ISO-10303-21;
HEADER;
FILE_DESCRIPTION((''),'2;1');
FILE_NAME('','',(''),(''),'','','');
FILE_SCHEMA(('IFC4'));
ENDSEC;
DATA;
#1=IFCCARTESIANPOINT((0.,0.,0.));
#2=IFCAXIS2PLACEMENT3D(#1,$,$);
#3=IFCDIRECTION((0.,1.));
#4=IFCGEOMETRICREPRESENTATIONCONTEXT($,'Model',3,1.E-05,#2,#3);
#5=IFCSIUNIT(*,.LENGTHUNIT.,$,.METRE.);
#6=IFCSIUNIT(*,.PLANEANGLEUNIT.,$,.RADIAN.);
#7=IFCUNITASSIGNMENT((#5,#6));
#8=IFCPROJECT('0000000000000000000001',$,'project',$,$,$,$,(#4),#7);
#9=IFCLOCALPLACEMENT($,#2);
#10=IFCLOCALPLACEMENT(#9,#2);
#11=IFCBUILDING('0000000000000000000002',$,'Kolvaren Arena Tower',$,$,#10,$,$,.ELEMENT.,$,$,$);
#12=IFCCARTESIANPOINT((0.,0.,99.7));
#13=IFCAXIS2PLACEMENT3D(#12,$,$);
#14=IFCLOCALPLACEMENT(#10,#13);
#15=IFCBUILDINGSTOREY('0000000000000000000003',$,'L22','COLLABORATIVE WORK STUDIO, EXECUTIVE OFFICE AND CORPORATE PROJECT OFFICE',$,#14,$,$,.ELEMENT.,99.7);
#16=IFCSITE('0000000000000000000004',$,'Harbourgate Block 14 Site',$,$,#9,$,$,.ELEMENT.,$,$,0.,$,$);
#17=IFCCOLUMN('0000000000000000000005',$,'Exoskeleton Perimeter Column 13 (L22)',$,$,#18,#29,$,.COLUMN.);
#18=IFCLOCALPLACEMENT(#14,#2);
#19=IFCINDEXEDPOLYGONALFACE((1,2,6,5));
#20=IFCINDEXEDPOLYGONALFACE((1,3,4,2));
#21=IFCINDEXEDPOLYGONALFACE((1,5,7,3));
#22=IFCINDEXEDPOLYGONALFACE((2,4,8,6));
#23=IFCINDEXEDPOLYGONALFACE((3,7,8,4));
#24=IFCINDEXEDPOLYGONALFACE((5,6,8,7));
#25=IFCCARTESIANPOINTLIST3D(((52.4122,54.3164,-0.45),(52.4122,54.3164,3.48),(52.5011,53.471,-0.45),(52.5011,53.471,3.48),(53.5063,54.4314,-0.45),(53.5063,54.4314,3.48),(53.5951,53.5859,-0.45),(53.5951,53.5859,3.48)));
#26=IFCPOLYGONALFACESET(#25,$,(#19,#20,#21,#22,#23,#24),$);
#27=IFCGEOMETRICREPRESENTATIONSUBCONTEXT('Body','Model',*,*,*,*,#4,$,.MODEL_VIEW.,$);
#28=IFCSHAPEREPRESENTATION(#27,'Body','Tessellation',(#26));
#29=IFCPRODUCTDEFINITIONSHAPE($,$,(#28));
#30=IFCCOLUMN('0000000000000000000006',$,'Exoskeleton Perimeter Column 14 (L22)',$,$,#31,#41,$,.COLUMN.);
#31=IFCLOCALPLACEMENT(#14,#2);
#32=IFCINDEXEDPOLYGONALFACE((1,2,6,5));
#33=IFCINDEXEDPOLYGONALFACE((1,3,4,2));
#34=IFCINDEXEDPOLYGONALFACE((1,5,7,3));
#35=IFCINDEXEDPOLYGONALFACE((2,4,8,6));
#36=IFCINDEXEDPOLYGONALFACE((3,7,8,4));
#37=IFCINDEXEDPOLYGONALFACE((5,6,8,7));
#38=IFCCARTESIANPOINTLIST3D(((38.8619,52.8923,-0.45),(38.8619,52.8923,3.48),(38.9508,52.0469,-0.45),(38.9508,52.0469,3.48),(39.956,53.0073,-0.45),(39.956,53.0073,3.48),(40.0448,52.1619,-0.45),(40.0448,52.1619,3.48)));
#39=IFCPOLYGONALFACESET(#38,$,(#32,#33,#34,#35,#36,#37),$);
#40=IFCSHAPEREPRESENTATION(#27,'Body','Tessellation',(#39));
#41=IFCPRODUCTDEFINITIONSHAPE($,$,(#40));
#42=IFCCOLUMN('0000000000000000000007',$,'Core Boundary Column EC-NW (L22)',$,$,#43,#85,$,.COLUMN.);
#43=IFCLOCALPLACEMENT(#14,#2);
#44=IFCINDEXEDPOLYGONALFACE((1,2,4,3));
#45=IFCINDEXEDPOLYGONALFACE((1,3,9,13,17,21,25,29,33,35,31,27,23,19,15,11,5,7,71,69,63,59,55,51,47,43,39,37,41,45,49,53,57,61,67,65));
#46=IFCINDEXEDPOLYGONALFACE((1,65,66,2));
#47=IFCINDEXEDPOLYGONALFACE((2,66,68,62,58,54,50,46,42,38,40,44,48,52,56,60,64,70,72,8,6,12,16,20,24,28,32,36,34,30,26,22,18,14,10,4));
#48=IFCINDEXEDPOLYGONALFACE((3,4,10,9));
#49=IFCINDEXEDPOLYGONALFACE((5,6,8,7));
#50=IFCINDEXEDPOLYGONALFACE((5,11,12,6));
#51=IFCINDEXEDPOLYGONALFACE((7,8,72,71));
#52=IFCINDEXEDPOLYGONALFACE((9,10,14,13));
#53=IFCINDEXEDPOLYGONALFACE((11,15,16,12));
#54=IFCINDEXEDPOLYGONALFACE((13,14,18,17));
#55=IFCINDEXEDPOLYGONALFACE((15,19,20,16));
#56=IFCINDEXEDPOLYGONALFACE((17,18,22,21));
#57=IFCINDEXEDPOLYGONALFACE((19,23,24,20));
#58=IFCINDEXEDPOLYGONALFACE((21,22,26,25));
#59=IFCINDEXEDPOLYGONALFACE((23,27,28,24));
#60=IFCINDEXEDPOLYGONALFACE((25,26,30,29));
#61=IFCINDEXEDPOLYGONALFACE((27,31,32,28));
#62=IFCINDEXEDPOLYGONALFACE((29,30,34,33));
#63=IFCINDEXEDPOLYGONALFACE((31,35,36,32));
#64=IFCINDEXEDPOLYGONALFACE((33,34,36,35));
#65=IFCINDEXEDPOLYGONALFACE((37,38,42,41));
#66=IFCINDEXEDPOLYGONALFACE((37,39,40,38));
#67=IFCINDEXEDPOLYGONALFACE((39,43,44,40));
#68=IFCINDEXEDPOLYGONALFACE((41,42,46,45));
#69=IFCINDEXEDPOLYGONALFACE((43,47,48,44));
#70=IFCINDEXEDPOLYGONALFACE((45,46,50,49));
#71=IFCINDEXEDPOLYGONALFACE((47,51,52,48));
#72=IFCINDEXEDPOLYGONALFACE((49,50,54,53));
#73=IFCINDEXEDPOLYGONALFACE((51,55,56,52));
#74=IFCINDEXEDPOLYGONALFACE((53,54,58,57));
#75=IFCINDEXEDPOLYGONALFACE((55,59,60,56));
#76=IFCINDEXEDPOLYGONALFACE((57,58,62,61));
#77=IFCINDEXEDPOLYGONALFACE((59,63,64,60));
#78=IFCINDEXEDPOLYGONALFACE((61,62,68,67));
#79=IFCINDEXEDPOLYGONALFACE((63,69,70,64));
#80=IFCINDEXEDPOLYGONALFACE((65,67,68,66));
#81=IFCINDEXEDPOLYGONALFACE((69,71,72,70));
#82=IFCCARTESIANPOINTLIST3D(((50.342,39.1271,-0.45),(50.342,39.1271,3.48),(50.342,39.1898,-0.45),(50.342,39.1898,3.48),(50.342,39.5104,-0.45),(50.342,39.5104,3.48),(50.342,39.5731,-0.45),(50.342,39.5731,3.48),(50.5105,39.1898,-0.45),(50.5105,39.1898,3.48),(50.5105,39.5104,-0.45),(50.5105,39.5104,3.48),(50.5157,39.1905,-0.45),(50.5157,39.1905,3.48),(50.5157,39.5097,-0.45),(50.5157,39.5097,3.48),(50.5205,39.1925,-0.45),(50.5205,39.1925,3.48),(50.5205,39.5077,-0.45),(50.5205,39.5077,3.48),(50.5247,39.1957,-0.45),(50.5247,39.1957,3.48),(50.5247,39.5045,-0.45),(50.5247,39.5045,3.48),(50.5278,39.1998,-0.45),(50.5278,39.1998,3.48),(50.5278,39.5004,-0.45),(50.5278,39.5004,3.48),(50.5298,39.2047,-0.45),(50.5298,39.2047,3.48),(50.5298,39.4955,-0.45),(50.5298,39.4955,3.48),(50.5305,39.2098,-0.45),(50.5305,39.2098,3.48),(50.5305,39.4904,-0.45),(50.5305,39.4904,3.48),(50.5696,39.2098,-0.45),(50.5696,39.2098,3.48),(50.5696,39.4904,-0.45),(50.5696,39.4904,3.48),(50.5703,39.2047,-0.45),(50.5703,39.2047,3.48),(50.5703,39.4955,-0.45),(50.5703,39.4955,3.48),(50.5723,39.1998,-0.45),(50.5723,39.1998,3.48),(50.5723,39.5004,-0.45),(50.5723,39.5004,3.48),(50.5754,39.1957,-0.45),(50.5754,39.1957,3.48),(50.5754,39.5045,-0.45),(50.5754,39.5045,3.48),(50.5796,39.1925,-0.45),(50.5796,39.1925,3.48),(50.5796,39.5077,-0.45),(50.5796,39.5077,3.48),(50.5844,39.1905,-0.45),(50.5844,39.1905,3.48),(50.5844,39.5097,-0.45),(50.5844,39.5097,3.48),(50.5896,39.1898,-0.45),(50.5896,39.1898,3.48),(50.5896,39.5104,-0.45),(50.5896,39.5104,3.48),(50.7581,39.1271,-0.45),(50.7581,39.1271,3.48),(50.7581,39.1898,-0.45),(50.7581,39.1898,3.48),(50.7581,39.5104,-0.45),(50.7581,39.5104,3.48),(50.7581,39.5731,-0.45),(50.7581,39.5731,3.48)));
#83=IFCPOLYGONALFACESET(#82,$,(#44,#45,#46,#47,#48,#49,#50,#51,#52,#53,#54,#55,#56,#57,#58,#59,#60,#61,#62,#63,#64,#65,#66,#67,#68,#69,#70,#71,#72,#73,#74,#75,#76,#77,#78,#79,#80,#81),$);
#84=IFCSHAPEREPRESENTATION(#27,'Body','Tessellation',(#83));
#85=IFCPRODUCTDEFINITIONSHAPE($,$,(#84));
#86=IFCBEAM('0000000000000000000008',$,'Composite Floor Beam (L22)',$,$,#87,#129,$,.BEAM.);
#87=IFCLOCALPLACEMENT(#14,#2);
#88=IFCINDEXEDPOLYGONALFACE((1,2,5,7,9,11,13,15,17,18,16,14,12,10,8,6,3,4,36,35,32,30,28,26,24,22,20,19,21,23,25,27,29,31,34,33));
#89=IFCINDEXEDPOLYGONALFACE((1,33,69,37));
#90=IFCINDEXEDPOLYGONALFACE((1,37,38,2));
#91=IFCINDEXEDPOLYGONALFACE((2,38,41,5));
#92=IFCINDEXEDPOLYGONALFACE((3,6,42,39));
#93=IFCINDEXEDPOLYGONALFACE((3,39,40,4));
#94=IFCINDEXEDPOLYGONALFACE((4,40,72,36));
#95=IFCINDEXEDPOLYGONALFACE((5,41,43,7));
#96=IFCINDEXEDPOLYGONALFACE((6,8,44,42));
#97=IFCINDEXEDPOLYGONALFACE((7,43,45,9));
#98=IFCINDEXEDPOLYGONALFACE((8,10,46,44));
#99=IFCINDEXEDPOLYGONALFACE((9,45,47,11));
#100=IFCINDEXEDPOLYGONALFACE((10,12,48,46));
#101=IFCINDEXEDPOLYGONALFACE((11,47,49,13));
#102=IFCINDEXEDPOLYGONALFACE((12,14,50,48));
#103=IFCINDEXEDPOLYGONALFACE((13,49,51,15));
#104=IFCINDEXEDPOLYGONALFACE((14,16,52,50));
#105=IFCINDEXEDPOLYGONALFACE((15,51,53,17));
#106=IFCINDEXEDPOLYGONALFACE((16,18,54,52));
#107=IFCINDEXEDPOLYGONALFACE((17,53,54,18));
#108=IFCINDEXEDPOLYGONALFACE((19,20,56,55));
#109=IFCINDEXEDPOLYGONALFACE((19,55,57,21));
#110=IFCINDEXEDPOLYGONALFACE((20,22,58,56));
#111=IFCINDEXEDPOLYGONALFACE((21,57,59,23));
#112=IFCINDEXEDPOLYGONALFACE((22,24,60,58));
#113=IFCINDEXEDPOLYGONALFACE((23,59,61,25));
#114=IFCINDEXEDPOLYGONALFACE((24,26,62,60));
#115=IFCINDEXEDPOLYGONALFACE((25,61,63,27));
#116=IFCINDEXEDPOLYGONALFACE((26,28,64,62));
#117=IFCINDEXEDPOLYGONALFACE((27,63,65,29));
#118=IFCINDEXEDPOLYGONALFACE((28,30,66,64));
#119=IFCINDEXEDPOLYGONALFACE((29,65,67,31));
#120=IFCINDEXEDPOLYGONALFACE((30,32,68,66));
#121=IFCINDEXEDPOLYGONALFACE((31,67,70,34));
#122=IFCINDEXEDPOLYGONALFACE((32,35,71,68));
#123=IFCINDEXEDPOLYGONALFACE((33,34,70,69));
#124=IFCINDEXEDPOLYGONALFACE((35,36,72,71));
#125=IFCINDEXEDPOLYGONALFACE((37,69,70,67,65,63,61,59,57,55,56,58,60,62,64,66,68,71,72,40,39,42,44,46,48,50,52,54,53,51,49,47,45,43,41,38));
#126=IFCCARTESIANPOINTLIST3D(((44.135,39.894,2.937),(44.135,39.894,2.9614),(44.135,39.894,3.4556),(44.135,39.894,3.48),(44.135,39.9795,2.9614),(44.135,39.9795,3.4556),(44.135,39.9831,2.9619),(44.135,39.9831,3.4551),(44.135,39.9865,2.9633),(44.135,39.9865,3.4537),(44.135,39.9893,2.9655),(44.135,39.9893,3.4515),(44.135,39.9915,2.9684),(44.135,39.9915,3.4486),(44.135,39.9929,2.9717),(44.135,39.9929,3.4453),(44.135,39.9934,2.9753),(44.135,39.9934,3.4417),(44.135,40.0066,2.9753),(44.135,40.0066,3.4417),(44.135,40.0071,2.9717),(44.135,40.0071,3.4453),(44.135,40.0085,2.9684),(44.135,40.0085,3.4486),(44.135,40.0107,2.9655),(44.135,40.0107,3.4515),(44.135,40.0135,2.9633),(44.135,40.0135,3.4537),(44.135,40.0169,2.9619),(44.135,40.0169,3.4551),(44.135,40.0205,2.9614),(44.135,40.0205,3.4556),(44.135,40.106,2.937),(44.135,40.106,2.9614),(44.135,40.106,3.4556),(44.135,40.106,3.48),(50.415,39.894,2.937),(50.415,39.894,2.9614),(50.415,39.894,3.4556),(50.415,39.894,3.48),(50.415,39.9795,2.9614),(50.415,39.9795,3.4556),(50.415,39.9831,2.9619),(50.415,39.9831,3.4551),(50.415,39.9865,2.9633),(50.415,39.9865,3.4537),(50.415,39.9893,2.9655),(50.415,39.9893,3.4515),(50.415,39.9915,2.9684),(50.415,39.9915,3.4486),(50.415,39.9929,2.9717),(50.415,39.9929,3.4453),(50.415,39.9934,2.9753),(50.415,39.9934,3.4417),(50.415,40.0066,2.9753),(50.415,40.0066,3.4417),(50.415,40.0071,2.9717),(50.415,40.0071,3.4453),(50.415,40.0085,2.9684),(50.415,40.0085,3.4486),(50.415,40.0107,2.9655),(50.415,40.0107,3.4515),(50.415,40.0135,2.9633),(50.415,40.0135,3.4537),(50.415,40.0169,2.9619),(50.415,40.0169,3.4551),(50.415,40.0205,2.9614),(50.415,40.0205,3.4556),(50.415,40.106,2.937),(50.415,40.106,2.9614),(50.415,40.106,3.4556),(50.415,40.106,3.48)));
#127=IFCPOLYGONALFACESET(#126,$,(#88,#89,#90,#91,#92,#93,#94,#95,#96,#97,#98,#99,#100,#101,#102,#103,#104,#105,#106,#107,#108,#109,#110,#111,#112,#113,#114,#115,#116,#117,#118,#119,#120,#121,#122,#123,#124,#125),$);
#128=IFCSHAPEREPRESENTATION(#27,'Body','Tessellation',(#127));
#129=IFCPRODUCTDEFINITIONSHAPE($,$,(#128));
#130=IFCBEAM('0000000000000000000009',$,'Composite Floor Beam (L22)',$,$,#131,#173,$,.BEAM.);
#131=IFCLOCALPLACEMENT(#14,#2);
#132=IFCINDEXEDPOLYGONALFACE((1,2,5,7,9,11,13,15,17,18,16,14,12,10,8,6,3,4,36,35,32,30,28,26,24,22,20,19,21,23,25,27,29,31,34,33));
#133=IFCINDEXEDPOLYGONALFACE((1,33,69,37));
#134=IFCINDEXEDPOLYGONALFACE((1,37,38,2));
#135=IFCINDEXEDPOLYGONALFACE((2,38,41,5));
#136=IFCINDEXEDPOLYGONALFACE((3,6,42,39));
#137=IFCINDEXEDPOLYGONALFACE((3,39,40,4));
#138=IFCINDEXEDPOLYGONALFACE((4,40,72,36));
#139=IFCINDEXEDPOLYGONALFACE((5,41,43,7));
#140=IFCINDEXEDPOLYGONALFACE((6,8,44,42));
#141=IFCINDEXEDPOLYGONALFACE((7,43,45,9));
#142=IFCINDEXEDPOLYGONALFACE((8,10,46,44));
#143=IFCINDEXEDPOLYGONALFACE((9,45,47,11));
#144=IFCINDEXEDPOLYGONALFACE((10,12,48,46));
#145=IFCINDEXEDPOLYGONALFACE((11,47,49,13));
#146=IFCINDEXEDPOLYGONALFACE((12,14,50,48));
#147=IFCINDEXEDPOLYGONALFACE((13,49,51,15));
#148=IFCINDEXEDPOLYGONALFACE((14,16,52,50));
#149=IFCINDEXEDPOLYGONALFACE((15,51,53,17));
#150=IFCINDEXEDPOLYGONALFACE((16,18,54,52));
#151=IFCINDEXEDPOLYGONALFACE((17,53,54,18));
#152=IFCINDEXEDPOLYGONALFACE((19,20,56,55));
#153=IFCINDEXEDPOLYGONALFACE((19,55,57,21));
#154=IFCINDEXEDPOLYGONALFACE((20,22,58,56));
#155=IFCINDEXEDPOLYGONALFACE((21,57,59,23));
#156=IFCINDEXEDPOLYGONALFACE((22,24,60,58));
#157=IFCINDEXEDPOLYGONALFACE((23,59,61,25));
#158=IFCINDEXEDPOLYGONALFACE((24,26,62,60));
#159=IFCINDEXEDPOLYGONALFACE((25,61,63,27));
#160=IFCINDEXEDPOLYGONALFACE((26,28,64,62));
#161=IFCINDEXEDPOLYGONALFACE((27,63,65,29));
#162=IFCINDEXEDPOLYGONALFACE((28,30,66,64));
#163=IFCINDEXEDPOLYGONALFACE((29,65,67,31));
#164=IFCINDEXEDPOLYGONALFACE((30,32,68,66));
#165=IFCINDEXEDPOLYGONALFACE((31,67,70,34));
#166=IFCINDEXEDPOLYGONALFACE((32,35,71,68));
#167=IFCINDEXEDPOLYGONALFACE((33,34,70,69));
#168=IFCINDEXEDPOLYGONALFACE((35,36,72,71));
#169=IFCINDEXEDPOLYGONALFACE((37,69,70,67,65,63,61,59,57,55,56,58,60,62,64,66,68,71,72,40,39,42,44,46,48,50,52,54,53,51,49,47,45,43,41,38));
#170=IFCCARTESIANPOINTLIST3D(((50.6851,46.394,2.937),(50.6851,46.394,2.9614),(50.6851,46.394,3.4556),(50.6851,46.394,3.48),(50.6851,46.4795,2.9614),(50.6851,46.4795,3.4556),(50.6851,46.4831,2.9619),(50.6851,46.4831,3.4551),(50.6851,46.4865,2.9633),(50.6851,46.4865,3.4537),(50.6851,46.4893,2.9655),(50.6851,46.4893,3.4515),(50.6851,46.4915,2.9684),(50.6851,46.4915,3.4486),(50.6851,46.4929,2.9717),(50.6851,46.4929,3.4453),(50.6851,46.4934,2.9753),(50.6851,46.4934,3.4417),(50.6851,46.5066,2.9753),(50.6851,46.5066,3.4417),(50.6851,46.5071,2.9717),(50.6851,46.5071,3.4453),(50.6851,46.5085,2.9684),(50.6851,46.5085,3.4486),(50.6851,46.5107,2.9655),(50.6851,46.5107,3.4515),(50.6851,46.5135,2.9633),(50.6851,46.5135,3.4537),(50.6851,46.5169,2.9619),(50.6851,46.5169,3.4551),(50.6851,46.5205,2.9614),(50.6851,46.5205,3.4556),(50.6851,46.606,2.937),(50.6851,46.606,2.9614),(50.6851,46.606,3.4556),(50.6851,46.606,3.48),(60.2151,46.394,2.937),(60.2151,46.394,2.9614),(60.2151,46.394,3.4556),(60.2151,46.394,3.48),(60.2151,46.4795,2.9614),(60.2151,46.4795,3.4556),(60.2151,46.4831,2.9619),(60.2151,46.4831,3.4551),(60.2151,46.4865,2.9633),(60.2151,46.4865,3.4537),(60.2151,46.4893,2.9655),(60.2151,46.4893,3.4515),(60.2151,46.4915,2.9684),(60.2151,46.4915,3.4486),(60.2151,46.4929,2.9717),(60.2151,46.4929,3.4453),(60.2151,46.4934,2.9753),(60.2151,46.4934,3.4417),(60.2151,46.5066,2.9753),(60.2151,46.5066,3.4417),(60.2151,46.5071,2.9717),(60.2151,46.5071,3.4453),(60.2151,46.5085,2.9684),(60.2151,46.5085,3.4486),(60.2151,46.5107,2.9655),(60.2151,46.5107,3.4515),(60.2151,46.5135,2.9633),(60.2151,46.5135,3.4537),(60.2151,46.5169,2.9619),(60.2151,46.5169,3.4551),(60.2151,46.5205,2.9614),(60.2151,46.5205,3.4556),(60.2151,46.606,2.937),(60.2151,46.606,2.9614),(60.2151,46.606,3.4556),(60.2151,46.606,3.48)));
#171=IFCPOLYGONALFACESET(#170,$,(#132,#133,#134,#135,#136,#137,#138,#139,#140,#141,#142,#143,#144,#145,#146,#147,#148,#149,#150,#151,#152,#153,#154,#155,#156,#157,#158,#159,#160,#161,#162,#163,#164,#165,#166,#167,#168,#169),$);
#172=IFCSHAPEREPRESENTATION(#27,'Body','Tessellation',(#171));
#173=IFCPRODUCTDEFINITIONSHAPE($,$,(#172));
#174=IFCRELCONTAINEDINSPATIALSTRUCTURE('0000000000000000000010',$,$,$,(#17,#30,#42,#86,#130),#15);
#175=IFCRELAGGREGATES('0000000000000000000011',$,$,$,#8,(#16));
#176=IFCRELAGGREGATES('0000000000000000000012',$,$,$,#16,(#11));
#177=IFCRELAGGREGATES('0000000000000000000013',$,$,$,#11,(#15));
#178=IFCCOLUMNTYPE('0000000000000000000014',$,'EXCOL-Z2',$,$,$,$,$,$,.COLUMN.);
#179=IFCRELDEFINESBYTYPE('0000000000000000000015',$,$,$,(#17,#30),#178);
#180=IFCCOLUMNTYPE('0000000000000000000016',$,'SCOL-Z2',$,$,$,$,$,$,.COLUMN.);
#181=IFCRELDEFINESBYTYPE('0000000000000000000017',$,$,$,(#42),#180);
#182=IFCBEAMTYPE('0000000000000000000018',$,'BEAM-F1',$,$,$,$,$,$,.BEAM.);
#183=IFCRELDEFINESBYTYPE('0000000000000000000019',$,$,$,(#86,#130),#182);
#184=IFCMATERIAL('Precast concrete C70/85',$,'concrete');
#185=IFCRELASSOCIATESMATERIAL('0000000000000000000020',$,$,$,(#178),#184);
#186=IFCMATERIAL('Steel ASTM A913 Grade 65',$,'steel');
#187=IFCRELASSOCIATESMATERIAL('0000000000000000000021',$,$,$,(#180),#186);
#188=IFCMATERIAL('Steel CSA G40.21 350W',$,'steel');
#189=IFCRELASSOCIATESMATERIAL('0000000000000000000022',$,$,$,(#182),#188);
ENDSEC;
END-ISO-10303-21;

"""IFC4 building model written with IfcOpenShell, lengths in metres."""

from ifc_helpers import new_model, si_unit, direction, frame, origin, origin_2d, place, context, subcontext, project, spatial, rectangle, i_section, extrude, material, material_profile, profile_set, type_object, element, save


model = new_model("IFC4")

# Units and contexts
model_context = context("Model", 3, precision=1e-05, world=origin(), true_north=direction((0.0, 1.0)))
body_context = subcontext(model_context, "Body", "Model", "MODEL_VIEW")
ifc_project = project(units=[si_unit("LENGTHUNIT", "METRE"), si_unit("PLANEANGLEUNIT", "RADIAN")], contexts=[model_context])

# Site, building, storey
site_placement = place(None, origin())
site = spatial("IfcSite", under=ifc_project, at=site_placement, Name="Harbourgate Block 14 Site", CompositionType="ELEMENT", RefElevation=0.0)
building_placement = place(site_placement, origin())
building = spatial("IfcBuilding", under=site, at=building_placement, Name="Kolvaren Arena Tower", CompositionType="ELEMENT")
storey_placement = place(building_placement, frame((0.0, 0.0, 99.7)))
storey = spatial("IfcBuildingStorey", under=building, at=storey_placement, Name="L22", Description="COLLABORATIVE WORK STUDIO, EXECUTIVE OFFICE AND CORPORATE PROJECT OFFICE", CompositionType="ELEMENT", Elevation=99.7)

# Columns
ifc_material_1 = material(Name="Precast concrete C70/85", Category="concrete")
ifc_material_profile_1 = material_profile(ifc_material_1, rectangle(XDim=1.1001, YDim=0.8501, at=origin_2d()), Name="RC-1100x850")
ifc_profile_set_1 = profile_set([ifc_material_profile_1], Name="Precast concrete C70/85")
column_type_1 = type_object("IfcColumnType", Name="EXCOL-Z2", PredefinedType="COLUMN", material=ifc_profile_set_1)
for number, where, z_axis, x_axis, name in (
    (1, (53.0037, 53.9512, -0.45), (0.0, 0.0, 1.0), (0.994522, 0.104528, 0.0), "Exoskeleton Perimeter Column 13 (L22)"),
    (2, (39.4534, 52.5271, -0.45), (0.0, 0.0, 1.0), (0.994522, 0.104528, 0.0), "Exoskeleton Perimeter Column 14 (L22)"),
):
    element("IfcColumn", number, at=place(storey_placement, frame(where, z_axis=z_axis, x_axis=x_axis)), inside=storey, type_object=column_type_1, Name=name, PredefinedType="COLUMN", context=body_context, shape_type="SweptSolid", body=[
        extrude(rectangle(XDim=1.1001, YDim=0.8501, at=origin_2d()), origin(), (0.0, 0.0, 1.0), 3.9299),
    ])
ifc_material_2 = material(Name="Steel ASTM A913 Grade 65", Category="steel")
ifc_material_profile_2 = material_profile(ifc_material_2, i_section(OverallWidth=0.416, OverallDepth=0.446, WebThickness=0.0391, FlangeThickness=0.0627, FilletRadius=0.02, at=origin_2d()), Name="W360x509")
ifc_profile_set_2 = profile_set([ifc_material_profile_2], Name="Steel ASTM A913 Grade 65")
column_type_2 = type_object("IfcColumnType", Name="SCOL-Z2", PredefinedType="COLUMN", material=ifc_profile_set_2)
column_placement = place(storey_placement, frame((50.55, 39.3501, -0.45), z_axis=(0.0, 0.0, 1.0), x_axis=(1.0, 0.0, 0.0)))
element("IfcColumn", 3, at=column_placement, inside=storey, type_object=column_type_2, Name="Core Boundary Column EC-NW (L22)", PredefinedType="COLUMN", context=body_context, shape_type="SweptSolid", body=[
    extrude(i_section(OverallWidth=0.416, OverallDepth=0.446, WebThickness=0.0391, FlangeThickness=0.0627, FilletRadius=0.02, at=origin_2d()), origin(), (0.0, 0.0, 1.0), 3.9299),
])

# Beams
ifc_material_3 = material(Name="Steel CSA G40.21 350W", Category="steel")
ifc_material_profile_3 = material_profile(ifc_material_3, i_section(OverallWidth=0.2119, OverallDepth=0.543, WebThickness=0.0132, FlangeThickness=0.0244, FilletRadius=0.0139, at=origin_2d()), Name="W530x150")
ifc_profile_set_3 = profile_set([ifc_material_profile_3], Name="Steel CSA G40.21 350W")
beam_type_1 = type_object("IfcBeamType", Name="BEAM-F1", PredefinedType="BEAM", material=ifc_profile_set_3)
beam_1_placement = place(storey_placement, frame((44.135, 40.0, 3.2085), z_axis=(1.0, 0.0, 0.0), x_axis=(0.0, 1.0, 0.0)))
element("IfcBeam", 4, at=beam_1_placement, inside=storey, type_object=beam_type_1, Name="Composite Floor Beam (L22)", PredefinedType="BEAM", context=body_context, shape_type="SweptSolid", body=[
    extrude(i_section(OverallWidth=0.2119, OverallDepth=0.543, WebThickness=0.0132, FlangeThickness=0.0244, FilletRadius=0.0139, at=origin_2d()), origin(), (0.0, 0.0, 1.0), 6.28),
])
for number, where, z_axis, x_axis, name in (
    (5, (50.6851, 46.5, 3.2085), (1.0, 0.0, 0.0), (0.0, 1.0, 0.0), "Composite Floor Beam (L22)"),
):
    element("IfcBeam", number, at=place(storey_placement, frame(where, z_axis=z_axis, x_axis=x_axis)), inside=storey, type_object=beam_type_1, Name=name, PredefinedType="BEAM", context=body_context, shape_type="SweptSolid", body=[
        extrude(i_section(OverallWidth=0.2119, OverallDepth=0.543, WebThickness=0.0132, FlangeThickness=0.0244, FilletRadius=0.0139, at=origin_2d()), origin(), (0.0, 0.0, 1.0), 9.53),
    ])

save(model, "model.ifc")
